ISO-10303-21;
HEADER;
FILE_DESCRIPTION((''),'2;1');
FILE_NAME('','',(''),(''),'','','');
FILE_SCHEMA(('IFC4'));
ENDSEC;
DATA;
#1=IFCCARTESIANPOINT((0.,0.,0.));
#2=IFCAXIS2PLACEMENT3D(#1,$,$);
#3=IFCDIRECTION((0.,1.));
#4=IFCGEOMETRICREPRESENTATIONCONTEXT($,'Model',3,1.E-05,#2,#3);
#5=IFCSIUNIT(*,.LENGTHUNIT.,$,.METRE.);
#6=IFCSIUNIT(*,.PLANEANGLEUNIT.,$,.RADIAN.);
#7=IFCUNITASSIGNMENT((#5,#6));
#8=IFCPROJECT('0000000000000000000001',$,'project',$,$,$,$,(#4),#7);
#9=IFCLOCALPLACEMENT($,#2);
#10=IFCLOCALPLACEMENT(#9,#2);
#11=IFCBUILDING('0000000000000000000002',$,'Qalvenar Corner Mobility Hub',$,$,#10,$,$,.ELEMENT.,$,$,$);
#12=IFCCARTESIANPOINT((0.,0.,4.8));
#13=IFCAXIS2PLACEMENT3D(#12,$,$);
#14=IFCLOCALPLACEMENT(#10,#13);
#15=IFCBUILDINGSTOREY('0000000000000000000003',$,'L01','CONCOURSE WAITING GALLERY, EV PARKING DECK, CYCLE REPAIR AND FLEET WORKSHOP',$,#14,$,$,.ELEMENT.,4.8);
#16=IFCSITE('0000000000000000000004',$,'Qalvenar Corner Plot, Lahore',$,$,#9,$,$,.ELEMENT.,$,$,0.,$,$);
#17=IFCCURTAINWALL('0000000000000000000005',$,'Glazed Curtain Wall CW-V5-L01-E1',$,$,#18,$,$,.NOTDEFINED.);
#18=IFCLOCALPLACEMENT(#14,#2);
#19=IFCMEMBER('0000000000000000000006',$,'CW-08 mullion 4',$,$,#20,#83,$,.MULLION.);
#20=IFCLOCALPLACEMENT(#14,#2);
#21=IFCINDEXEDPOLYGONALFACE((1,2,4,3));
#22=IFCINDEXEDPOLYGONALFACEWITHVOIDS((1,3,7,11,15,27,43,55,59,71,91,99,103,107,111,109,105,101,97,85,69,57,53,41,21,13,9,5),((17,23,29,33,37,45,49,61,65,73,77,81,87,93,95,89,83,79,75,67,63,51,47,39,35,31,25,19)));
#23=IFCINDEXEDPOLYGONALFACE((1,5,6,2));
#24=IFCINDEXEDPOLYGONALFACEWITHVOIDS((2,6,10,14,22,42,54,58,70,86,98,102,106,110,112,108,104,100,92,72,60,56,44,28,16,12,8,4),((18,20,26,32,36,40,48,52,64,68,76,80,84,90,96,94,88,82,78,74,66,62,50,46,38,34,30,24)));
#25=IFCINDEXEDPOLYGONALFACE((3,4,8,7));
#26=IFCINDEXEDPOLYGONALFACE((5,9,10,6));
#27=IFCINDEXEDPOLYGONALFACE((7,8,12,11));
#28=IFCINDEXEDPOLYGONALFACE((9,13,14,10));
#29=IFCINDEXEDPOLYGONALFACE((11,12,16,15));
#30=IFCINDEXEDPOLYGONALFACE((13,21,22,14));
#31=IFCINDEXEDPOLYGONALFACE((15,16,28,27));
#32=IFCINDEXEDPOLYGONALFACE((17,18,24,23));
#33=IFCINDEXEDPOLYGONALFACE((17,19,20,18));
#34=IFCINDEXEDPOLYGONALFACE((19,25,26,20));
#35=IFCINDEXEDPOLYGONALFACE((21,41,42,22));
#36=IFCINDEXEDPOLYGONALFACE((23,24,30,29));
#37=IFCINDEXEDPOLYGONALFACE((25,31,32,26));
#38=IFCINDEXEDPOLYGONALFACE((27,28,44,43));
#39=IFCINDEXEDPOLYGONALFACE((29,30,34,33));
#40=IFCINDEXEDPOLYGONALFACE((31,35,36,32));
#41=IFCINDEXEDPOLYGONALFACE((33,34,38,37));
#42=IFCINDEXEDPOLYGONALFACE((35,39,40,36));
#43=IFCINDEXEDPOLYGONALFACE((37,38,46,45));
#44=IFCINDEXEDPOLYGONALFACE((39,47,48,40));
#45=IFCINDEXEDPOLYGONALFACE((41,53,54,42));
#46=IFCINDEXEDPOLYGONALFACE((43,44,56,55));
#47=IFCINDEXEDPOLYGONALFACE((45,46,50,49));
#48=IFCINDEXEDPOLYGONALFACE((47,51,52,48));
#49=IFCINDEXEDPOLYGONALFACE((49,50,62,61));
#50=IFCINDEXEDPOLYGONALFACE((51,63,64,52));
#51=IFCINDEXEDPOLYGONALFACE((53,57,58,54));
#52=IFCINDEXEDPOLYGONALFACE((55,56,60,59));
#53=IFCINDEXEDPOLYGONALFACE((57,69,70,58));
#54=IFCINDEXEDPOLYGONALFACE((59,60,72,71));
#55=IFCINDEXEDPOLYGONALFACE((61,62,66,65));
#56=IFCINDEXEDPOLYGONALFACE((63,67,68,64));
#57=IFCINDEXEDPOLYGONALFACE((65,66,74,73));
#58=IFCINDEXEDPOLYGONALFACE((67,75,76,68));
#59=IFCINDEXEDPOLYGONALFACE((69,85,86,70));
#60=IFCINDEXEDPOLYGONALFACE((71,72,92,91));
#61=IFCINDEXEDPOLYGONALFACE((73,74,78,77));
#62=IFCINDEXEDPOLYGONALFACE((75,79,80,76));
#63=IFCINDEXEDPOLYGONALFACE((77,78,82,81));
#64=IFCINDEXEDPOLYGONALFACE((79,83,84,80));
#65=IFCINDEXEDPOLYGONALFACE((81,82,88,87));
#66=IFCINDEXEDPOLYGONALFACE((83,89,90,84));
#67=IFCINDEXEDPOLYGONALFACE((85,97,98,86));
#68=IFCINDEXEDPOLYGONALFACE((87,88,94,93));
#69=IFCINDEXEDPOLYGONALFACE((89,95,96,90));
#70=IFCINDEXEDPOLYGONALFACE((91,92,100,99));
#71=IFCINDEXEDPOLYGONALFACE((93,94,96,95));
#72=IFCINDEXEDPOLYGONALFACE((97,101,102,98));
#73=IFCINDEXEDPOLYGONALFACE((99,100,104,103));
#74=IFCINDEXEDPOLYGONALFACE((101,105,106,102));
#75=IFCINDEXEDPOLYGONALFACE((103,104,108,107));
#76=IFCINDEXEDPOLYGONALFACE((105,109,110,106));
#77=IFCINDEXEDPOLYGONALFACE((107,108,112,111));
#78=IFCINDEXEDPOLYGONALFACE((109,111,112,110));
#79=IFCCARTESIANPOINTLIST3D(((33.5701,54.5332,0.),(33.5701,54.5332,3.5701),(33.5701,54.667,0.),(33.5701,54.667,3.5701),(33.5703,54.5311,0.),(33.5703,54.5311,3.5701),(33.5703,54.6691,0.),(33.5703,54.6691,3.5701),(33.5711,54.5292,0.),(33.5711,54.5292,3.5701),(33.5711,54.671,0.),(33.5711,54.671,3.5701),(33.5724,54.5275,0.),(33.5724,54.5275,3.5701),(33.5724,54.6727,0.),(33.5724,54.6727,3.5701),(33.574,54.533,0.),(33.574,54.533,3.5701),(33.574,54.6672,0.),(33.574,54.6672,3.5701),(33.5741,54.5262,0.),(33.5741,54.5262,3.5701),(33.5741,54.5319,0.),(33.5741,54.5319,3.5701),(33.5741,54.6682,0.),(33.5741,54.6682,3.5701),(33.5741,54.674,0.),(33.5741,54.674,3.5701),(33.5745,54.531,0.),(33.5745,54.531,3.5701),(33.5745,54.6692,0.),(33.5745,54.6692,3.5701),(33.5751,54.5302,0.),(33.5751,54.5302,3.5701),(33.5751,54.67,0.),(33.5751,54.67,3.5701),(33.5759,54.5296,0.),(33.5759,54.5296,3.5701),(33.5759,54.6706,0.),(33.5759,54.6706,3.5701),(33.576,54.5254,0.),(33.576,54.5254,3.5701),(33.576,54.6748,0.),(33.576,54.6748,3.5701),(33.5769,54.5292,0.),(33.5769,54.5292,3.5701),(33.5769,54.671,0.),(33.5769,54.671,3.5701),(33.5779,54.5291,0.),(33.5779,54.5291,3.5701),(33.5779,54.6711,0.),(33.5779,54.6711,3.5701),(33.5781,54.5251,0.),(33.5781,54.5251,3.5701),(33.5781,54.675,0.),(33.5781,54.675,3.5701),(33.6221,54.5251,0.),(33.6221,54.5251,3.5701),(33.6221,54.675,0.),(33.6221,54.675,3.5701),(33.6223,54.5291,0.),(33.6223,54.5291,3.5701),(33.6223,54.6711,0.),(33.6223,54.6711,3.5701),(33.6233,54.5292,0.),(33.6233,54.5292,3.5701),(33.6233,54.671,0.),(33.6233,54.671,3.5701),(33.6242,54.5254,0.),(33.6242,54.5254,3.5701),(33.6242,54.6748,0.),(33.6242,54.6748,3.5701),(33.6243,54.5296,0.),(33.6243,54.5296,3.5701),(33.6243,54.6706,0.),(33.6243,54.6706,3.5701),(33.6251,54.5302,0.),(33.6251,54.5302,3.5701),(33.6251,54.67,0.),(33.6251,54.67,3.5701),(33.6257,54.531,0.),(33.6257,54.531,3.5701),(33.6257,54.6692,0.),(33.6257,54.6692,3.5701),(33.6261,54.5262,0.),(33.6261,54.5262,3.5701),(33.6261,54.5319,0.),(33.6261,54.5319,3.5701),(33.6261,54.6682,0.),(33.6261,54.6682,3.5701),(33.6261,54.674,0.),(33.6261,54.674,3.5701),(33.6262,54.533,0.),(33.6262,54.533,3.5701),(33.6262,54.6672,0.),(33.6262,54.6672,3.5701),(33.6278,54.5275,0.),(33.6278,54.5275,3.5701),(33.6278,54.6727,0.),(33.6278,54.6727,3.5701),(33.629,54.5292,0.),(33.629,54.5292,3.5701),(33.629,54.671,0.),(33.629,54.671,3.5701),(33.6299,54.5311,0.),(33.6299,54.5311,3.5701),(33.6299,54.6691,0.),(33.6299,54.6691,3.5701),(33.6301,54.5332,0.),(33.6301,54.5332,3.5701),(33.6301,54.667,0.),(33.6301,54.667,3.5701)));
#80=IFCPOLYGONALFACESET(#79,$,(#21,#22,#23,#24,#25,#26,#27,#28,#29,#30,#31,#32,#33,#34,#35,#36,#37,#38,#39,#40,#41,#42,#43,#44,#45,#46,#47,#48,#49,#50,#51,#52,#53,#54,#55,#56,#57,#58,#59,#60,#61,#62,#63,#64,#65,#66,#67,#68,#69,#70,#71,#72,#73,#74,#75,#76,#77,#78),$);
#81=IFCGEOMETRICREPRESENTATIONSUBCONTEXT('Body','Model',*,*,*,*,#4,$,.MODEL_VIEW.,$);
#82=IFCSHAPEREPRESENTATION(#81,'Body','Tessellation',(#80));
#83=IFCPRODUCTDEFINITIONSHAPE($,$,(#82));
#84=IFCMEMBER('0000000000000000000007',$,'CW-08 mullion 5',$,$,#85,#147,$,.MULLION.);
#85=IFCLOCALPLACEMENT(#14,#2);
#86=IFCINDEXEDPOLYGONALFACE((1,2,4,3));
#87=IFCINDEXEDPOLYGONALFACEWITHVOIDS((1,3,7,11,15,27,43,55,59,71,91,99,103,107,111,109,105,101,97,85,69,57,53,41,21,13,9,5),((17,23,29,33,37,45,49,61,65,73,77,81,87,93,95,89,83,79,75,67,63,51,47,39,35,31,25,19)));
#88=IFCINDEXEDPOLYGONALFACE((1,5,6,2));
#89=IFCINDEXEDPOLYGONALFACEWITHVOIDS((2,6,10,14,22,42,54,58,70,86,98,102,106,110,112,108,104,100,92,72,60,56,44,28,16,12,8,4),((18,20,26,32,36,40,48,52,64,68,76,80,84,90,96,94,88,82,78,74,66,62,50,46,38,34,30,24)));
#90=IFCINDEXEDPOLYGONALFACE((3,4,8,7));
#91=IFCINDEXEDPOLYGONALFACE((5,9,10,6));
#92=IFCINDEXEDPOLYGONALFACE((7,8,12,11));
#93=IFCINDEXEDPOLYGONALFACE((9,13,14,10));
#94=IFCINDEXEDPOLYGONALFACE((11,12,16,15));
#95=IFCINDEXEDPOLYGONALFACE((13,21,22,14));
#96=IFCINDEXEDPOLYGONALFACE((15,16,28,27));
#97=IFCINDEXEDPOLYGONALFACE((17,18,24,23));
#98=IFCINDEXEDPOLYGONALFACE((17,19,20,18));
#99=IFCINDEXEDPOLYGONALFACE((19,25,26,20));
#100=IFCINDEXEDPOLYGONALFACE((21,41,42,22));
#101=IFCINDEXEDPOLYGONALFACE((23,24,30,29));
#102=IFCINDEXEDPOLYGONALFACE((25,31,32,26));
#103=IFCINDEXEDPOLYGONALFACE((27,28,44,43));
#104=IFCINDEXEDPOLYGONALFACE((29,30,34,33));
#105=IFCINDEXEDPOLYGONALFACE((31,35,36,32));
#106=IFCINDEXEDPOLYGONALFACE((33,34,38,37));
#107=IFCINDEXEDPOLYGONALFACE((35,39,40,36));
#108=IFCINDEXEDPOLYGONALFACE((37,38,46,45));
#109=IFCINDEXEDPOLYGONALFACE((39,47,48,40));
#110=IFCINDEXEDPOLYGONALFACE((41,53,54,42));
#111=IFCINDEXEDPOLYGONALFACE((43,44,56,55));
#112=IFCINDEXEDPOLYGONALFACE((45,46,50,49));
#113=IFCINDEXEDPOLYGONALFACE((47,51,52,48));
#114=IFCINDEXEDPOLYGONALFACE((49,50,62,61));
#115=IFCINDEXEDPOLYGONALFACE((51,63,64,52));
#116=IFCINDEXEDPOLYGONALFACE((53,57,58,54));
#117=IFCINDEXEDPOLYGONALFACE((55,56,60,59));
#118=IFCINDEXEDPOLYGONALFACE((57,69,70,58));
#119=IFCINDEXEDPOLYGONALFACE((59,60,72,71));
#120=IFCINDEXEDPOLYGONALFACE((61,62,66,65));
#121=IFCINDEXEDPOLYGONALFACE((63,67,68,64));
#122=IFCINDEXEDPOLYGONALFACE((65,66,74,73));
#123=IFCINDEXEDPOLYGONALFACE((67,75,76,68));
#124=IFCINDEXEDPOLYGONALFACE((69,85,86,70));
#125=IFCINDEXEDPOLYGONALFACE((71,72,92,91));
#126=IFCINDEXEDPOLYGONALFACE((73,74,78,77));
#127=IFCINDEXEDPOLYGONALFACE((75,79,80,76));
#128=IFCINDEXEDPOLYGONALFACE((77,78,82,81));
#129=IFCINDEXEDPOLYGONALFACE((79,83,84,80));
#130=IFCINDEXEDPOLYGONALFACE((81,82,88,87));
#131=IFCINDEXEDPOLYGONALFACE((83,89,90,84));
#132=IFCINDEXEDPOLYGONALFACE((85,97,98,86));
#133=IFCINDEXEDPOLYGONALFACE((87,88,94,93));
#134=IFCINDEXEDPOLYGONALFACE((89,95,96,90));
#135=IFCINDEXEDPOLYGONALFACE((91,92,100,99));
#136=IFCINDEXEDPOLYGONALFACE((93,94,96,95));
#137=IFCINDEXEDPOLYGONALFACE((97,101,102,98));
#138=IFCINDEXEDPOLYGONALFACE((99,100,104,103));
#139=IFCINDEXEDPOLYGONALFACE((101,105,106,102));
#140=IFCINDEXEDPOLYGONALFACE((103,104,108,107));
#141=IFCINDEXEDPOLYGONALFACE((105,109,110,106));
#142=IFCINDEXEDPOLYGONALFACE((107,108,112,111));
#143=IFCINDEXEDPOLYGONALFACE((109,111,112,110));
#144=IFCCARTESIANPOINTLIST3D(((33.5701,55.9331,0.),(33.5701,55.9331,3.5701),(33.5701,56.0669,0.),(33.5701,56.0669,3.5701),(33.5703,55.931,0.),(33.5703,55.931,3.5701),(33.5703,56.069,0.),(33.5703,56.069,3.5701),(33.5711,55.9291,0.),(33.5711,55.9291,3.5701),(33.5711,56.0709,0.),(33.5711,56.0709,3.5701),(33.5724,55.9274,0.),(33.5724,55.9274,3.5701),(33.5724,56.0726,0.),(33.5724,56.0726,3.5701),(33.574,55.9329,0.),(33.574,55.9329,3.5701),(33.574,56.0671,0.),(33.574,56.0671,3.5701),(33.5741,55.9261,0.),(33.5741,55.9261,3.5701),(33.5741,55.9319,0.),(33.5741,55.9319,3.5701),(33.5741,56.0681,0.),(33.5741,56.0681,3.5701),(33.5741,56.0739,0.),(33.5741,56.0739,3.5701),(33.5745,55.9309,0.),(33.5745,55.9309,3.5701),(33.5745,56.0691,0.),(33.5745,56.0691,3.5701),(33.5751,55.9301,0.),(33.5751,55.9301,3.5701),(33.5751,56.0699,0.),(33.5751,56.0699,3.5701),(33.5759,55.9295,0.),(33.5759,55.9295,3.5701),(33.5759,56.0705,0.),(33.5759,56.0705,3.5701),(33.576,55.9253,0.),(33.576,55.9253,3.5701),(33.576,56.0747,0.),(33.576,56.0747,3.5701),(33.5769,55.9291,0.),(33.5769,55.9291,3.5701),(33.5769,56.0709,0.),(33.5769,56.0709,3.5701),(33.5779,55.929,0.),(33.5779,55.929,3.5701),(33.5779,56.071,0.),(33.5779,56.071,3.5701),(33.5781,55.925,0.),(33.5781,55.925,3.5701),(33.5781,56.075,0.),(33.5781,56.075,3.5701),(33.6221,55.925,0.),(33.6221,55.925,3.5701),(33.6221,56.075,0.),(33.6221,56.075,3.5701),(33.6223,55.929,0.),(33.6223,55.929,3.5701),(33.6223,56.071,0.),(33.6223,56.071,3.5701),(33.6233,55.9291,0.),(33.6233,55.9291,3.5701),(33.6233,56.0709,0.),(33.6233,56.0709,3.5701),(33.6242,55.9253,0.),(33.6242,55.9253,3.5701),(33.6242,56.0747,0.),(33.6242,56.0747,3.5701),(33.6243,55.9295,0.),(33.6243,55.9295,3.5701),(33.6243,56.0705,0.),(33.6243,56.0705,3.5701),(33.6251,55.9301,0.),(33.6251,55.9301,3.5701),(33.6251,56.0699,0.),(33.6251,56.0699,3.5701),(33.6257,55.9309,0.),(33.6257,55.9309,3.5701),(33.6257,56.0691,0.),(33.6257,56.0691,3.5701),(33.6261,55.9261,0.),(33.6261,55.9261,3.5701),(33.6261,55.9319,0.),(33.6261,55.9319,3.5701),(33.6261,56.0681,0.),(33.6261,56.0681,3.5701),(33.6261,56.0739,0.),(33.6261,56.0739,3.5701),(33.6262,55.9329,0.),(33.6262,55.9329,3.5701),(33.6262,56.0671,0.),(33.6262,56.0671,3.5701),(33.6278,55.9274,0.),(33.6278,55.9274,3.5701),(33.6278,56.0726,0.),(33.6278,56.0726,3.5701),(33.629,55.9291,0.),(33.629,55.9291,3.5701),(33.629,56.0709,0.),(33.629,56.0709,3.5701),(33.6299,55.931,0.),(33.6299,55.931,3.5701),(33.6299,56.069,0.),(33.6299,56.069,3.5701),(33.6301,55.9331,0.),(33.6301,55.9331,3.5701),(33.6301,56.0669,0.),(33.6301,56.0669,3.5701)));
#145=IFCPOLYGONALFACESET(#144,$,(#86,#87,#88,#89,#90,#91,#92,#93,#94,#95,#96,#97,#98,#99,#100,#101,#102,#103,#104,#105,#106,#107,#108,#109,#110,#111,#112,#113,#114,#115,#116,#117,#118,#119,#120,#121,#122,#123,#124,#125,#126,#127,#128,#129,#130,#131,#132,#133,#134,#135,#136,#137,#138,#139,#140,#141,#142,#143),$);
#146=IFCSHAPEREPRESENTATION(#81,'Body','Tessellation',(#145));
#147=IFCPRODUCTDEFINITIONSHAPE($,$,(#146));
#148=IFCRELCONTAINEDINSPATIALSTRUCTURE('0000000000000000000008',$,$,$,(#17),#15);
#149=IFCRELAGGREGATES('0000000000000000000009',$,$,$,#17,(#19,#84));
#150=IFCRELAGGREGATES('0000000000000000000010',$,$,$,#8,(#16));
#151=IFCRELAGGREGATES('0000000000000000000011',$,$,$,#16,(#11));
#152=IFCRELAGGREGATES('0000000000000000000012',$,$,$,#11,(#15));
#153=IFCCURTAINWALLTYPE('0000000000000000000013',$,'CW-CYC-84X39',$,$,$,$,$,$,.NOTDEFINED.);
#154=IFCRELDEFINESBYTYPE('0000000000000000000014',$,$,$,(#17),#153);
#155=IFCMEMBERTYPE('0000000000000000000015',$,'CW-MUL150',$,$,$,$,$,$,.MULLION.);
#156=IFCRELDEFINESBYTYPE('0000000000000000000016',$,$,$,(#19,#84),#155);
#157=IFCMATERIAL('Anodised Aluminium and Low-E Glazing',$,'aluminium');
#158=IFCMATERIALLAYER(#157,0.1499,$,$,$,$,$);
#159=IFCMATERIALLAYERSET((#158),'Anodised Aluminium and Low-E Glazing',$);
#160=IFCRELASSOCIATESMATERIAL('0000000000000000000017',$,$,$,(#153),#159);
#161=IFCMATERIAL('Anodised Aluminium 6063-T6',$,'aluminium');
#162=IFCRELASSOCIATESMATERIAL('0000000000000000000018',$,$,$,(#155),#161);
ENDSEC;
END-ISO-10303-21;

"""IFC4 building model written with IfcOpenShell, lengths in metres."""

from ifc_helpers import new_model, si_unit, direction, frame, origin, origin_2d, place, context, subcontext, project, spatial, hollow_rectangle, extrude, material, layer, layer_set, material_profile, profile_set, type_object, element, aggregate, save


model = new_model("IFC4")

# Units and contexts
model_context = context("Model", 3, precision=1e-05, world=origin(), true_north=direction((0.0, 1.0)))
body_context = subcontext(model_context, "Body", "Model", "MODEL_VIEW")
ifc_project = project(units=[si_unit("LENGTHUNIT", "METRE"), si_unit("PLANEANGLEUNIT", "RADIAN")], contexts=[model_context])

# Site, building, storey
site_placement = place(None, origin())
site = spatial("IfcSite", under=ifc_project, at=site_placement, Name="Qalvenar Corner Plot, Lahore", CompositionType="ELEMENT", RefElevation=0.0)
building_placement = place(site_placement, origin())
building = spatial("IfcBuilding", under=site, at=building_placement, Name="Qalvenar Corner Mobility Hub", CompositionType="ELEMENT")
storey_placement = place(building_placement, frame((0.0, 0.0, 4.8)))
storey = spatial("IfcBuildingStorey", under=building, at=storey_placement, Name="L01", Description="CONCOURSE WAITING GALLERY, EV PARKING DECK, CYCLE REPAIR AND FLEET WORKSHOP", CompositionType="ELEMENT", Elevation=4.8)

# Curtain wall, members
ifc_material_1 = material(Name="Anodised Aluminium and Low-E Glazing", Category="aluminium")
ifc_layer_1 = layer(ifc_material_1, 0.1499)
ifc_layer_set_1 = layer_set([ifc_layer_1], Name="Anodised Aluminium and Low-E Glazing")
curtain_wall_type = type_object("IfcCurtainWallType", Name="CW-CYC-84X39", PredefinedType="NOTDEFINED", material=ifc_layer_set_1)
curtain_wall_placement = place(storey_placement, origin())
curtain_wall = element("IfcCurtainWall", 1, at=curtain_wall_placement, inside=storey, type_object=curtain_wall_type, Name="Glazed Curtain Wall CW-V5-L01-E1", PredefinedType="NOTDEFINED")
ifc_material_2 = material(Name="Anodised Aluminium 6063-T6", Category="aluminium")
ifc_material_profile_1 = material_profile(ifc_material_2, hollow_rectangle(XDim=0.0601, YDim=0.1499, WallThickness=0.0039, InnerFilletRadius=0.0039, OuterFilletRadius=0.0081, at=origin_2d()), Name="RHS150x60x4")
ifc_profile_set_1 = profile_set([ifc_material_profile_1], Name="Anodised Aluminium 6063-T6")
member_type_1 = type_object("IfcMemberType", Name="CW-MUL150", PredefinedType="MULLION", material=ifc_profile_set_1)
member_1_placement = place(storey_placement, frame((33.6001, 54.6001, 0.0), z_axis=(0.0, 0.0, 1.0), x_axis=(-1.0, 0.0, 0.0)))
member_1 = element("IfcMember", 2, at=member_1_placement, type_object=member_type_1, Name="CW-08 mullion 4", PredefinedType="MULLION", context=body_context, shape_type="SweptSolid", body=[
    extrude(hollow_rectangle(XDim=0.0601, YDim=0.1499, WallThickness=0.0039, InnerFilletRadius=0.0039, OuterFilletRadius=0.0081, at=origin_2d()), origin(), (0.0, 0.0, 1.0), 3.5701),
])
member_2_placement = place(storey_placement, frame((33.6001, 56.0, 0.0), z_axis=(0.0, 0.0, 1.0), x_axis=(-1.0, 0.0, 0.0)))
member_2 = element("IfcMember", 3, at=member_2_placement, type_object=member_type_1, Name="CW-08 mullion 5", PredefinedType="MULLION", context=body_context, shape_type="SweptSolid", body=[
    extrude(hollow_rectangle(XDim=0.0601, YDim=0.1499, WallThickness=0.0039, InnerFilletRadius=0.0039, OuterFilletRadius=0.0081, at=origin_2d()), origin(), (0.0, 0.0, 1.0), 3.5701),
])
aggregate(curtain_wall, [member_1, member_2])

save(model, "model.ifc")
